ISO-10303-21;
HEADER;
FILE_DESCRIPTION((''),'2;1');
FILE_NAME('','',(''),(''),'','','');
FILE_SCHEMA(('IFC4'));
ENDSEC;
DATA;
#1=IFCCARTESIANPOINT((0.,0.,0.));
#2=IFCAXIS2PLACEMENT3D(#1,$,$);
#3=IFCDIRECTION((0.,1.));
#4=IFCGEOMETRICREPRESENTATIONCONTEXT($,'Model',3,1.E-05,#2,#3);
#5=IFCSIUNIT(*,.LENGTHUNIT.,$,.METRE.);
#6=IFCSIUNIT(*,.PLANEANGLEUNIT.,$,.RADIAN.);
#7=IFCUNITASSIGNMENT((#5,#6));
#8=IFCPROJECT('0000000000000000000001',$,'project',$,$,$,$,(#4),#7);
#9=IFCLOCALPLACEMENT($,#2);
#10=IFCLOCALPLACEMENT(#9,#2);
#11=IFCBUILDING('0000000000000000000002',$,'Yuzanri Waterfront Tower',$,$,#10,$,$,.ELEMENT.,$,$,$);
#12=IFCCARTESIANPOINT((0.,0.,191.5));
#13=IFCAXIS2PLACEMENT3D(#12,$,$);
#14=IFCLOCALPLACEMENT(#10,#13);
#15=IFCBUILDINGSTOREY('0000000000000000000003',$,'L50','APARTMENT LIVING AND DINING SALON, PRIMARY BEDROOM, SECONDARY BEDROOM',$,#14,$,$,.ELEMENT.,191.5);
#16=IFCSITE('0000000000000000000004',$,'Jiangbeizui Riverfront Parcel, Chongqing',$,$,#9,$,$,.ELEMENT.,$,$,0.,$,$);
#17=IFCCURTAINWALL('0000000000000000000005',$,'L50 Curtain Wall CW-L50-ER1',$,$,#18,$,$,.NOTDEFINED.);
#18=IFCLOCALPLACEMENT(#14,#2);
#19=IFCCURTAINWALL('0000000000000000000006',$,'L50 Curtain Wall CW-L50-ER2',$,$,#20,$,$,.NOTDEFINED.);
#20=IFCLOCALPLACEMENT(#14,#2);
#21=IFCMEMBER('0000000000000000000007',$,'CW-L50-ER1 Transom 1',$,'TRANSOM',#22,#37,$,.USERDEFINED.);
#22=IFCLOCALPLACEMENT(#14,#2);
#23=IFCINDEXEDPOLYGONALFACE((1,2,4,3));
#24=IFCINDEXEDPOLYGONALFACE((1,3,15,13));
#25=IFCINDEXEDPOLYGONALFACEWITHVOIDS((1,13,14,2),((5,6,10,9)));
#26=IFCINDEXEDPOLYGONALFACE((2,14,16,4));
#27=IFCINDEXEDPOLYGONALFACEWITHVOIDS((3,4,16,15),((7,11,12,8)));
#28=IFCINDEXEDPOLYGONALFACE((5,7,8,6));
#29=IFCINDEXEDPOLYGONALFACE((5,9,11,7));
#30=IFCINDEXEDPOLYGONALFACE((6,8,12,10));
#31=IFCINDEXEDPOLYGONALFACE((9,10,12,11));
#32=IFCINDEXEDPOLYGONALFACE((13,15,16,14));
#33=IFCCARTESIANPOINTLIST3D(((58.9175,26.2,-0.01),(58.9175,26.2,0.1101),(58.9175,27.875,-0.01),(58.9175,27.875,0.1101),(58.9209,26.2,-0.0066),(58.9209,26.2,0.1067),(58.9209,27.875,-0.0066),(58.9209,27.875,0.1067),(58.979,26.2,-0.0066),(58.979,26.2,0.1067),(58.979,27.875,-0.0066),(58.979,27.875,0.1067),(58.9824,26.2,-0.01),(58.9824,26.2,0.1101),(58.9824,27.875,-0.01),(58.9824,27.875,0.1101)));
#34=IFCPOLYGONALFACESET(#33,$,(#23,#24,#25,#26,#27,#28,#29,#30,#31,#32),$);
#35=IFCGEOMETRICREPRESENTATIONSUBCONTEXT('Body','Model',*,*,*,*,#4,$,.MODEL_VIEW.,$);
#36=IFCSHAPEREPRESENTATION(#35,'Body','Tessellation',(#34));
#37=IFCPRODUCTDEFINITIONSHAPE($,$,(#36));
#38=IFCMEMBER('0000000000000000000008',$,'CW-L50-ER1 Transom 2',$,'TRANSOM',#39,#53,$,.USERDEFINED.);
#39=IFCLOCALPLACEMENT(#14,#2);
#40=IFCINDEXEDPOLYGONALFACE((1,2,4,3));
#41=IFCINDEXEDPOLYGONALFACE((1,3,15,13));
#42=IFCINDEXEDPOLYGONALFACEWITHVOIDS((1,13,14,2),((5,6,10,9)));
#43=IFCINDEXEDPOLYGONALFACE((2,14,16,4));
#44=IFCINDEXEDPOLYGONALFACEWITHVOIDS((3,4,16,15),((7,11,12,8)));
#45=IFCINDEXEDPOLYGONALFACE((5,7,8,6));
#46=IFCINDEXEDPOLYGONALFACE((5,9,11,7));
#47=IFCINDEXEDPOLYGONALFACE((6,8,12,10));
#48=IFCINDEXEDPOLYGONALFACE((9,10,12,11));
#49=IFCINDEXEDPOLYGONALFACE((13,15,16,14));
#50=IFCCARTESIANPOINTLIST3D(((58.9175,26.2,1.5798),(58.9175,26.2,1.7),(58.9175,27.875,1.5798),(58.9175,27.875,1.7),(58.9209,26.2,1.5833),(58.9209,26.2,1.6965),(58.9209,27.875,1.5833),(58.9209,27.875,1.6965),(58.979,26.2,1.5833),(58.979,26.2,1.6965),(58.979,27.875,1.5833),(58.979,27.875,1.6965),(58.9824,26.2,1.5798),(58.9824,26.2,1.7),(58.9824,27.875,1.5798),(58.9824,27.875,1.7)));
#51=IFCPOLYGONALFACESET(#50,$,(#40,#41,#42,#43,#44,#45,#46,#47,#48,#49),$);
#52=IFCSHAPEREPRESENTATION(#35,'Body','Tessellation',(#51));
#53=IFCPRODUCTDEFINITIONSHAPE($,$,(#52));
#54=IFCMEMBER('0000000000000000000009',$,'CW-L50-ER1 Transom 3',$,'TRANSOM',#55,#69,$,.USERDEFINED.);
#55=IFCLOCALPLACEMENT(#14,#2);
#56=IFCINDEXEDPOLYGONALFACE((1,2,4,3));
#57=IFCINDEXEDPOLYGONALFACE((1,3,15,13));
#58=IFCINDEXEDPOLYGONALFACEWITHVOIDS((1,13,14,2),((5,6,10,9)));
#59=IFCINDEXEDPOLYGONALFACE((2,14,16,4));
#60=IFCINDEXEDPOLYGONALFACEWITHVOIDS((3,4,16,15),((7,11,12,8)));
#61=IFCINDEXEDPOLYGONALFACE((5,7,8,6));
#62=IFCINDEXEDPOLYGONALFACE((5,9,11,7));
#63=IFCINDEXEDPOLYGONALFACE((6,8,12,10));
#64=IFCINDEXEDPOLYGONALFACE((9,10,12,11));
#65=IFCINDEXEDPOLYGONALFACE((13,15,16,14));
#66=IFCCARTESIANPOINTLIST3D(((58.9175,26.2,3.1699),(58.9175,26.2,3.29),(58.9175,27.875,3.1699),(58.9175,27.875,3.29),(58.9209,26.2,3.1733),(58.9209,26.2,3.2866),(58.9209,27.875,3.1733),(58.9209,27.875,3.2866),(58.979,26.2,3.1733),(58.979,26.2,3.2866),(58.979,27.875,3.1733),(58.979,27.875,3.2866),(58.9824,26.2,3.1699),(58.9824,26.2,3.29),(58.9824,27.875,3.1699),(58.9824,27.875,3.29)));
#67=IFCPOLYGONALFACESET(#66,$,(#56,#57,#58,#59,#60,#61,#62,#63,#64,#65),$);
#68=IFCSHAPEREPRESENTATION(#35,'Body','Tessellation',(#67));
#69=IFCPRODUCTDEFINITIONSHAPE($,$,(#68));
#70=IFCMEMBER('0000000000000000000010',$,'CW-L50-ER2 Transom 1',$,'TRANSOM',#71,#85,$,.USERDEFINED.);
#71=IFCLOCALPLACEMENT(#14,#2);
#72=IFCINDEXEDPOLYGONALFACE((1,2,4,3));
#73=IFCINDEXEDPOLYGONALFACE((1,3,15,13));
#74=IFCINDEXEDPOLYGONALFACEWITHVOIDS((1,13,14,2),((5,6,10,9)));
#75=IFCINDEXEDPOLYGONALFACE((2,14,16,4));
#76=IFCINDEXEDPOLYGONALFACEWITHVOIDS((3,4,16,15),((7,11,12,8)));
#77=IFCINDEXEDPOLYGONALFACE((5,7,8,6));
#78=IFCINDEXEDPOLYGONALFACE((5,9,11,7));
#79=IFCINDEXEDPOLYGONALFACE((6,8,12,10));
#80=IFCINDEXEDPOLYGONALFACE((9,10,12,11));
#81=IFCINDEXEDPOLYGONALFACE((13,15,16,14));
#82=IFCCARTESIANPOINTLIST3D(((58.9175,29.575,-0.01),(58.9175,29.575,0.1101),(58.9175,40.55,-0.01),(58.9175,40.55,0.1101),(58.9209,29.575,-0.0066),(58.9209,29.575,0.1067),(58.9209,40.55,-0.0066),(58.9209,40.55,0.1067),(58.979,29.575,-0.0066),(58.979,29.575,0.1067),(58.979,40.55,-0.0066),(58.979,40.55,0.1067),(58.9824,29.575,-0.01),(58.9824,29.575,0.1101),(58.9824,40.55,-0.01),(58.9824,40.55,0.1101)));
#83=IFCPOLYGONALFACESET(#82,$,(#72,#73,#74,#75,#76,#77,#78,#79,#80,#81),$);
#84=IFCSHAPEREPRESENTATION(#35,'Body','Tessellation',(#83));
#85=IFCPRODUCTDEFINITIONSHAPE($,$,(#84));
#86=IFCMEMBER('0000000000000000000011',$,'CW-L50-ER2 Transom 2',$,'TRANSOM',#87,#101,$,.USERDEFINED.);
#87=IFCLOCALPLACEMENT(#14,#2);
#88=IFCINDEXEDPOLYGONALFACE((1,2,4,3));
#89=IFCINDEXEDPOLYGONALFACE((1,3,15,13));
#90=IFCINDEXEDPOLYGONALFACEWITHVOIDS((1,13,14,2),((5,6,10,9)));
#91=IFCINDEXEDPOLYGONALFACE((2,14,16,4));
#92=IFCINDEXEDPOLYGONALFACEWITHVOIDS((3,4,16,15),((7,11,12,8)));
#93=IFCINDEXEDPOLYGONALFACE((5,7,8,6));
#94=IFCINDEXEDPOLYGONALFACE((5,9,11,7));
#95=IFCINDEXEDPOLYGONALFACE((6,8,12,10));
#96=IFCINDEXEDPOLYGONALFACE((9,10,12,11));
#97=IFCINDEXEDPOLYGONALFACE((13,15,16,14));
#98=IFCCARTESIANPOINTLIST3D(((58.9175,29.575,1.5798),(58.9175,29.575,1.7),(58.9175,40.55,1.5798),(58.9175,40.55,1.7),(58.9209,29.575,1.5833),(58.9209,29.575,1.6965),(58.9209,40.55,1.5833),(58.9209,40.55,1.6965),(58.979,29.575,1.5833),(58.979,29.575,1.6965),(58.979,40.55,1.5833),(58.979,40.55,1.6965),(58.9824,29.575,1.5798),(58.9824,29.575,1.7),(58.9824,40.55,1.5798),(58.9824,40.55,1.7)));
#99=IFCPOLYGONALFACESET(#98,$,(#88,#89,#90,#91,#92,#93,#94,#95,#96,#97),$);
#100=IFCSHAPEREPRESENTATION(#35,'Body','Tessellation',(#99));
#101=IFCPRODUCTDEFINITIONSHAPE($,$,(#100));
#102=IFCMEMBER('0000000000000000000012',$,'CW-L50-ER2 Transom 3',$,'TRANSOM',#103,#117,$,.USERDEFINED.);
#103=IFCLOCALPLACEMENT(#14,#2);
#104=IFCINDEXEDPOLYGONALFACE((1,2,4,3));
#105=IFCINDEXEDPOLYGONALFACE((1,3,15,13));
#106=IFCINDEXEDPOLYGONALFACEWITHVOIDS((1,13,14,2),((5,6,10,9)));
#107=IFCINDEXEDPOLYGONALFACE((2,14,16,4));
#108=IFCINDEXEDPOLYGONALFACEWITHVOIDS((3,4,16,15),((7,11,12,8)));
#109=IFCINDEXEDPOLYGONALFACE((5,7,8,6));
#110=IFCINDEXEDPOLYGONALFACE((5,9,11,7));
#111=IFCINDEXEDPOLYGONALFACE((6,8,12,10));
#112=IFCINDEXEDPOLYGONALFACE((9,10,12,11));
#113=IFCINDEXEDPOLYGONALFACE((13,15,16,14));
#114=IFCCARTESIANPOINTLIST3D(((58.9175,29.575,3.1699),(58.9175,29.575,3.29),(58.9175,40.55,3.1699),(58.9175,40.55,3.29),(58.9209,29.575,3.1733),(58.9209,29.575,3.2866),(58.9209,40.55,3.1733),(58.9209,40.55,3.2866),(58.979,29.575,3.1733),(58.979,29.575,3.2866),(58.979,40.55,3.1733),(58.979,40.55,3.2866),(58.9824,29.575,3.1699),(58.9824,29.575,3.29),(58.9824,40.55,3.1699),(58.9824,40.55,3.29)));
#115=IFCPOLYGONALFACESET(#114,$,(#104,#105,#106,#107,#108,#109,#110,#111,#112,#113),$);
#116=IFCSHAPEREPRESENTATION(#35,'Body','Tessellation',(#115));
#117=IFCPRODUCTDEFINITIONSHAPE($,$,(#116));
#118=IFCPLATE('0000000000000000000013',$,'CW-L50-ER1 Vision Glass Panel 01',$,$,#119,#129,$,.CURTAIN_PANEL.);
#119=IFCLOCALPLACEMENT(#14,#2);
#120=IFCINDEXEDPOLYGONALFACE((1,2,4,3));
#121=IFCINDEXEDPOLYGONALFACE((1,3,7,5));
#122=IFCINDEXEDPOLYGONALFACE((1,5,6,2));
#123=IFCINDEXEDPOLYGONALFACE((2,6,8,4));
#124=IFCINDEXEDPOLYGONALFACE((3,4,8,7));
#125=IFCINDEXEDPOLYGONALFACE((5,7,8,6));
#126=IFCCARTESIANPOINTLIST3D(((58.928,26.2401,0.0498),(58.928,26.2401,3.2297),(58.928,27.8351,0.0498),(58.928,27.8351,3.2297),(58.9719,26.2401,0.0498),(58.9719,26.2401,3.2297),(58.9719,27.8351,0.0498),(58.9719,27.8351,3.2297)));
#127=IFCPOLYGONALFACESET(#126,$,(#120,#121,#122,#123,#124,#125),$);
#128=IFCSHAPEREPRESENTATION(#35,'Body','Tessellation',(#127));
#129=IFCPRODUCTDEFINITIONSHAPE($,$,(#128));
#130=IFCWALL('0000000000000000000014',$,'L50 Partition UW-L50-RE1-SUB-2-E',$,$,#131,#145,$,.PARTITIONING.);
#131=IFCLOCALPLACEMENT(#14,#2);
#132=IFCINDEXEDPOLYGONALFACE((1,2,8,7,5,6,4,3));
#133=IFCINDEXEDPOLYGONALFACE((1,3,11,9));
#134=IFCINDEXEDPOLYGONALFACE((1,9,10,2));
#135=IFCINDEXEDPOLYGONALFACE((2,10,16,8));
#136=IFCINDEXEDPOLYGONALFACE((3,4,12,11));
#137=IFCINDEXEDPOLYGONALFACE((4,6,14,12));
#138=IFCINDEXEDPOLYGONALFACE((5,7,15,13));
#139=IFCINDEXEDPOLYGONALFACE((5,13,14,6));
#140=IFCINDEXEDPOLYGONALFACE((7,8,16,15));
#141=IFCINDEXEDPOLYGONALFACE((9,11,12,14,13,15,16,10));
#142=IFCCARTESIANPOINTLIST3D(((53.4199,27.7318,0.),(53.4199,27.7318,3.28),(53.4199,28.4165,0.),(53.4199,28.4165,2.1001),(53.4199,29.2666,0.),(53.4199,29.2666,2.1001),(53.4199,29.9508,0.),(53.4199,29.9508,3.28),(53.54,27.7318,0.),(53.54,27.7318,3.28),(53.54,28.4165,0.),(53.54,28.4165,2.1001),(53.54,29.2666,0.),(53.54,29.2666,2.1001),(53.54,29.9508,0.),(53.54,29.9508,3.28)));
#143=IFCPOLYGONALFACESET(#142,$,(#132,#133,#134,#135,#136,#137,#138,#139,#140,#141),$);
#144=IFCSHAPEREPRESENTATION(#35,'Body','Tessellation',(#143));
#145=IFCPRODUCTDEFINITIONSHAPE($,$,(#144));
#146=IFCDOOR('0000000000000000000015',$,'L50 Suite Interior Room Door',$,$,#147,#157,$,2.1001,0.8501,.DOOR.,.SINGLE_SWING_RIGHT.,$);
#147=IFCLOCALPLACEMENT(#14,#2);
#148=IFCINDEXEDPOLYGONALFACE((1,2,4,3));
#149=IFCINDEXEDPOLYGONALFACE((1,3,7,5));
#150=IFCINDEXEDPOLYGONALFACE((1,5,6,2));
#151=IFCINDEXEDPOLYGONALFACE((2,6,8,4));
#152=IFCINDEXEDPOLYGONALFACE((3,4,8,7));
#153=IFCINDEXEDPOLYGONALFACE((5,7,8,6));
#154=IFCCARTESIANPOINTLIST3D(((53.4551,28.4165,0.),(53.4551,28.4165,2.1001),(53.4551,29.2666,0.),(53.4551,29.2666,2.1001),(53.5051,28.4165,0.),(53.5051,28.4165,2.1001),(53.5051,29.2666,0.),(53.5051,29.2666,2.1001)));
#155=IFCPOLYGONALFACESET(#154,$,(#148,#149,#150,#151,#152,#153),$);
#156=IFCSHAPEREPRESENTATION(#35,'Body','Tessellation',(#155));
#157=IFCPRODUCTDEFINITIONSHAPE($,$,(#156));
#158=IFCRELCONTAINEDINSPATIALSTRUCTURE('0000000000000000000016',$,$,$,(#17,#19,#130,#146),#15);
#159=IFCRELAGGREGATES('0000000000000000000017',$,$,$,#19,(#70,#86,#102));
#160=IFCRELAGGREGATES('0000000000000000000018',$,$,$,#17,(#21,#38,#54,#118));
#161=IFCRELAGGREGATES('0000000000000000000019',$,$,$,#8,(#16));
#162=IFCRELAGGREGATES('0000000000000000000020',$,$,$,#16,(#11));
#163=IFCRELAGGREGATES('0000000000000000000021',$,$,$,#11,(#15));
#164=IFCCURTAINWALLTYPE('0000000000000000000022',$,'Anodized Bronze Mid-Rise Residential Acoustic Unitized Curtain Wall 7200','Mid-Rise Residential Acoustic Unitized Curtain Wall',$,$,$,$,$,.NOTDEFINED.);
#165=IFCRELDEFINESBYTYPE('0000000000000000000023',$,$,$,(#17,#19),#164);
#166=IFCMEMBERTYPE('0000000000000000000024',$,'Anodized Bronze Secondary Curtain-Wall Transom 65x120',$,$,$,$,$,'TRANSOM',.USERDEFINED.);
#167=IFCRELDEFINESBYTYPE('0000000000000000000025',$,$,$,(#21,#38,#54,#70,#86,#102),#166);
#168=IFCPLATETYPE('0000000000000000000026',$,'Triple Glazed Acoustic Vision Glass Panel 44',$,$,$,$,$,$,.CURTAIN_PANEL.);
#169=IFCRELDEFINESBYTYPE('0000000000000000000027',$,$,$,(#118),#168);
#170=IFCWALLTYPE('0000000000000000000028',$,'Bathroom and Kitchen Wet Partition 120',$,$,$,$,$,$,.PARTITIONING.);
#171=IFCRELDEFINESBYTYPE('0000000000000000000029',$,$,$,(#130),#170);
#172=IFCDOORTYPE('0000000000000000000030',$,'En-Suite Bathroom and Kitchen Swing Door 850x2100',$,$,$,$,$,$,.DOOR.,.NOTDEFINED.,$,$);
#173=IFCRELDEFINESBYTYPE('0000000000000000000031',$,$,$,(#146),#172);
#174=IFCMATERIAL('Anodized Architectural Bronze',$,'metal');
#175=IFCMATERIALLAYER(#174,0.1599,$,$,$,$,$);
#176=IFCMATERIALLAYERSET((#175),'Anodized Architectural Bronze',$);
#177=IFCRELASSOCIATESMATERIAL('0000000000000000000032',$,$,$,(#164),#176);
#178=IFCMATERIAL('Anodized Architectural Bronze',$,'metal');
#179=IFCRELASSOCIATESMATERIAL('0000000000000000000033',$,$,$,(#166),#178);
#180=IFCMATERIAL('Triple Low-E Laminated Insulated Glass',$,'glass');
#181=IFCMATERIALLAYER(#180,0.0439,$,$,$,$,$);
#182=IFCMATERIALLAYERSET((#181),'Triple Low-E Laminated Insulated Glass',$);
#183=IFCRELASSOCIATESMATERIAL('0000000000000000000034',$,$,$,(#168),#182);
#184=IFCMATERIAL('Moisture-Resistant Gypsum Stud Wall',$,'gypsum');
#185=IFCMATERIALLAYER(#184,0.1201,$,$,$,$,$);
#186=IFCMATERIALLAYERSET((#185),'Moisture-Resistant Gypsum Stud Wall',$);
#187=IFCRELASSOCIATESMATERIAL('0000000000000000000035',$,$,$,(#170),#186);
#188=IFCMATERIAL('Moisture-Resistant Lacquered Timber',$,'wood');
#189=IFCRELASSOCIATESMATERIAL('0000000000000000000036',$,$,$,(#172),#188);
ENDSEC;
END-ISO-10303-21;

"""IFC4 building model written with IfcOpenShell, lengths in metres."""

from ifc_helpers import new_model, si_unit, direction, frame, frame_2d, origin, origin_2d, place, context, subcontext, project, spatial, rectangle, hollow_rectangle, extrude, source, transform, mapped, material, layer, layer_set, material_profile, profile_set, type_object, element, fill, aggregate, save


model = new_model("IFC4")

# Units and contexts
model_context = context("Model", 3, precision=1e-05, world=origin(), true_north=direction((0.0, 1.0)))
body_context = subcontext(model_context, "Body", "Model", "MODEL_VIEW")
ifc_project = project(units=[si_unit("LENGTHUNIT", "METRE"), si_unit("PLANEANGLEUNIT", "RADIAN")], contexts=[model_context])

# Site, building, storey
site_placement = place(None, origin())
site = spatial("IfcSite", under=ifc_project, at=site_placement, Name="Jiangbeizui Riverfront Parcel, Chongqing", CompositionType="ELEMENT", RefElevation=0.0)
building_placement = place(site_placement, origin())
building = spatial("IfcBuilding", under=site, at=building_placement, Name="Yuzanri Waterfront Tower", CompositionType="ELEMENT")
storey_placement = place(building_placement, frame((0.0, 0.0, 191.5)))
storey = spatial("IfcBuildingStorey", under=building, at=storey_placement, Name="L50", Description="APARTMENT LIVING AND DINING SALON, PRIMARY BEDROOM, SECONDARY BEDROOM", CompositionType="ELEMENT", Elevation=191.5)

# Curtain walls
ifc_material_1 = material(Name="Anodized Architectural Bronze", Category="metal")
ifc_layer_1 = layer(ifc_material_1, 0.1599)
ifc_layer_set_1 = layer_set([ifc_layer_1], Name="Anodized Architectural Bronze")
curtain_wall_type = type_object("IfcCurtainWallType", Name="Anodized Bronze Mid-Rise Residential Acoustic Unitized Curtain Wall 7200", Description="Mid-Rise Residential Acoustic Unitized Curtain Wall", PredefinedType="NOTDEFINED", material=ifc_layer_set_1)
curtain_wall_1_placement = place(storey_placement, origin())
curtain_wall_1 = element("IfcCurtainWall", 1, at=curtain_wall_1_placement, inside=storey, type_object=curtain_wall_type, Name="L50 Curtain Wall CW-L50-ER1", PredefinedType="NOTDEFINED")
curtain_wall_2_placement = place(storey_placement, origin())
curtain_wall_2 = element("IfcCurtainWall", 2, at=curtain_wall_2_placement, inside=storey, type_object=curtain_wall_type, Name="L50 Curtain Wall CW-L50-ER2", PredefinedType="NOTDEFINED")

# Members
ifc_material_2 = material(Name="Anodized Architectural Bronze", Category="metal")
ifc_material_profile_1 = material_profile(ifc_material_2, hollow_rectangle(XDim=0.0649, YDim=0.1201, WallThickness=0.0034, at=origin_2d()), Name="CWT 65x120")
ifc_profile_set_1 = profile_set([ifc_material_profile_1], Name="Anodized Architectural Bronze")
member_type_1 = type_object("IfcMemberType", Name="Anodized Bronze Secondary Curtain-Wall Transom 65x120", ElementType="TRANSOM", PredefinedType="USERDEFINED", material=ifc_profile_set_1)
shared_shape_1 = source(origin(), body_context, "Body", "SweptSolid", [
    extrude(hollow_rectangle(XDim=0.0649, YDim=0.1201, WallThickness=0.0034, at=origin_2d()), origin(), (0.0, 0.0, 1.0), 1.675),
])
member_1_placement = place(storey_placement, frame((58.95, 26.2, 0.05), z_axis=(0.0, 1.0, 0.0), x_axis=(-1.0, 0.0, 0.0)))
member_1 = element("IfcMember", 3, at=member_1_placement, type_object=member_type_1, Name="CW-L50-ER1 Transom 1", ObjectType="TRANSOM", PredefinedType="USERDEFINED", context=body_context, shape_type="MappedRepresentation", body=[
    mapped(shared_shape_1, transform((0.0, 0.0, 0.0), scale=1.0)),
])
member_2_placement = place(storey_placement, frame((58.95, 26.2, 1.6399), z_axis=(0.0, 1.0, 0.0), x_axis=(-1.0, 0.0, 0.0)))
member_2 = element("IfcMember", 4, at=member_2_placement, type_object=member_type_1, Name="CW-L50-ER1 Transom 2", ObjectType="TRANSOM", PredefinedType="USERDEFINED", context=body_context, shape_type="MappedRepresentation", body=[
    mapped(shared_shape_1, transform((0.0, 0.0, 0.0), scale=1.0)),
])
member_3_placement = place(storey_placement, frame((58.95, 26.2, 3.23), z_axis=(0.0, 1.0, 0.0), x_axis=(-1.0, 0.0, 0.0)))
member_3 = element("IfcMember", 5, at=member_3_placement, type_object=member_type_1, Name="CW-L50-ER1 Transom 3", ObjectType="TRANSOM", PredefinedType="USERDEFINED", context=body_context, shape_type="MappedRepresentation", body=[
    mapped(shared_shape_1, transform((0.0, 0.0, 0.0), scale=1.0)),
])
shared_shape_2 = source(origin(), body_context, "Body", "SweptSolid", [
    extrude(hollow_rectangle(XDim=0.0649, YDim=0.1201, WallThickness=0.0034, at=origin_2d()), origin(), (0.0, 0.0, 1.0), 10.9751),
])
member_4_placement = place(storey_placement, frame((58.95, 29.575, 0.05), z_axis=(0.0, 1.0, 0.0), x_axis=(-1.0, 0.0, 0.0)))
member_4 = element("IfcMember", 6, at=member_4_placement, type_object=member_type_1, Name="CW-L50-ER2 Transom 1", ObjectType="TRANSOM", PredefinedType="USERDEFINED", context=body_context, shape_type="MappedRepresentation", body=[
    mapped(shared_shape_2, transform((0.0, 0.0, 0.0), scale=1.0)),
])
member_5_placement = place(storey_placement, frame((58.95, 29.575, 1.6399), z_axis=(0.0, 1.0, 0.0), x_axis=(-1.0, 0.0, 0.0)))
member_5 = element("IfcMember", 7, at=member_5_placement, type_object=member_type_1, Name="CW-L50-ER2 Transom 2", ObjectType="TRANSOM", PredefinedType="USERDEFINED", context=body_context, shape_type="MappedRepresentation", body=[
    mapped(shared_shape_2, transform((0.0, 0.0, 0.0), scale=1.0)),
])
member_6_placement = place(storey_placement, frame((58.95, 29.575, 3.23), z_axis=(0.0, 1.0, 0.0), x_axis=(-1.0, 0.0, 0.0)))
member_6 = element("IfcMember", 8, at=member_6_placement, type_object=member_type_1, Name="CW-L50-ER2 Transom 3", ObjectType="TRANSOM", PredefinedType="USERDEFINED", context=body_context, shape_type="MappedRepresentation", body=[
    mapped(shared_shape_2, transform((0.0, 0.0, 0.0), scale=1.0)),
])
aggregate(curtain_wall_2, [member_4, member_5, member_6])

# Plate
ifc_material_3 = material(Name="Triple Low-E Laminated Insulated Glass", Category="glass")
ifc_layer_2 = layer(ifc_material_3, 0.0439)
ifc_layer_set_2 = layer_set([ifc_layer_2], Name="Triple Low-E Laminated Insulated Glass")
plate_type = type_object("IfcPlateType", Name="Triple Glazed Acoustic Vision Glass Panel 44", PredefinedType="CURTAIN_PANEL", material=ifc_layer_set_2)
shared_shape_3 = source(origin(), body_context, "Body", "SweptSolid", [
    extrude(rectangle(XDim=1.595, YDim=0.0439, at=origin_2d()), origin(), (0.0, 0.0, 1.0), 3.1799),
])
plate_placement = place(storey_placement, frame((58.95, 27.0376, 0.0498), z_axis=(0.0, 0.0, 1.0), x_axis=(0.0, 1.0, 0.0)))
plate = element("IfcPlate", 9, at=plate_placement, type_object=plate_type, Name="CW-L50-ER1 Vision Glass Panel 01", PredefinedType="CURTAIN_PANEL", context=body_context, shape_type="MappedRepresentation", body=[
    mapped(shared_shape_3, transform((0.0, 0.0, 0.0), scale=1.0)),
])
aggregate(curtain_wall_1, [member_1, member_2, member_3, plate])

# Wall, opening, door
ifc_material_4 = material(Name="Moisture-Resistant Gypsum Stud Wall", Category="gypsum")
ifc_layer_3 = layer(ifc_material_4, 0.1201)
ifc_layer_set_3 = layer_set([ifc_layer_3], Name="Moisture-Resistant Gypsum Stud Wall")
wall_type_1 = type_object("IfcWallType", Name="Bathroom and Kitchen Wet Partition 120", PredefinedType="PARTITIONING", material=ifc_layer_set_3)
wall_1_placement = place(storey_placement, frame((53.48, 27.7319, 0.0), z_axis=(0.0, 0.0, 1.0), x_axis=(0.0, 1.0, 0.0)))
wall_1 = element("IfcWall", 10, at=wall_1_placement, inside=storey, type_object=wall_type_1, Name="L50 Partition UW-L50-RE1-SUB-2-E", PredefinedType="PARTITIONING", context=body_context, shape_type="SweptSolid", body=[
    extrude(rectangle(XDim=2.219, YDim=0.1201, at=frame_2d((1.1094, 0.0))), origin(), (0.0, 0.0, 1.0), 3.28),
])
opening_1_placement = place(wall_1_placement, frame((0.6846, 0.0, 0.0)))
opening_1 = element("IfcOpeningElement", 11, at=opening_1_placement, cuts=wall_1, PredefinedType="OPENING", context=body_context, shape_type="SweptSolid", body=[
    extrude(rectangle(XDim=0.8501, YDim=2.1001, at=frame_2d((0.425, 1.05))), frame((0.0, 0.075, 0.0), z_axis=(0.0, -1.0, 0.0), x_axis=(1.0, 0.0, 0.0)), (0.0, 0.0, 1.0), 0.1499),
])
ifc_material_5 = material(Name="Moisture-Resistant Lacquered Timber", Category="wood")
door_type_1 = type_object("IfcDoorType", Name="En-Suite Bathroom and Kitchen Swing Door 850x2100", OperationType="NOTDEFINED", PredefinedType="DOOR", material=ifc_material_5)
shared_shape_4 = source(origin(), body_context, "Body", "SweptSolid", [
    extrude(rectangle(XDim=0.8501, YDim=2.1001, at=frame_2d((0.425, 1.05))), frame((0.0, 0.0249, 0.0), z_axis=(0.0, -1.0, 0.0), x_axis=(1.0, 0.0, 0.0)), (0.0, 0.0, 1.0), 0.05),
])
door_1_placement = place(opening_1_placement, origin())
door_1 = element("IfcDoor", 12, at=door_1_placement, inside=storey, type_object=door_type_1, Name="L50 Suite Interior Room Door", OperationType="SINGLE_SWING_RIGHT", OverallHeight=2.1001, OverallWidth=0.8501, PredefinedType="DOOR", context=body_context, shape_type="MappedRepresentation", body=[
    mapped(shared_shape_4, transform((0.0, 0.0, 0.0), scale=1.0)),
])
fill(opening_1, door_1)

save(model, "model.ifc")
